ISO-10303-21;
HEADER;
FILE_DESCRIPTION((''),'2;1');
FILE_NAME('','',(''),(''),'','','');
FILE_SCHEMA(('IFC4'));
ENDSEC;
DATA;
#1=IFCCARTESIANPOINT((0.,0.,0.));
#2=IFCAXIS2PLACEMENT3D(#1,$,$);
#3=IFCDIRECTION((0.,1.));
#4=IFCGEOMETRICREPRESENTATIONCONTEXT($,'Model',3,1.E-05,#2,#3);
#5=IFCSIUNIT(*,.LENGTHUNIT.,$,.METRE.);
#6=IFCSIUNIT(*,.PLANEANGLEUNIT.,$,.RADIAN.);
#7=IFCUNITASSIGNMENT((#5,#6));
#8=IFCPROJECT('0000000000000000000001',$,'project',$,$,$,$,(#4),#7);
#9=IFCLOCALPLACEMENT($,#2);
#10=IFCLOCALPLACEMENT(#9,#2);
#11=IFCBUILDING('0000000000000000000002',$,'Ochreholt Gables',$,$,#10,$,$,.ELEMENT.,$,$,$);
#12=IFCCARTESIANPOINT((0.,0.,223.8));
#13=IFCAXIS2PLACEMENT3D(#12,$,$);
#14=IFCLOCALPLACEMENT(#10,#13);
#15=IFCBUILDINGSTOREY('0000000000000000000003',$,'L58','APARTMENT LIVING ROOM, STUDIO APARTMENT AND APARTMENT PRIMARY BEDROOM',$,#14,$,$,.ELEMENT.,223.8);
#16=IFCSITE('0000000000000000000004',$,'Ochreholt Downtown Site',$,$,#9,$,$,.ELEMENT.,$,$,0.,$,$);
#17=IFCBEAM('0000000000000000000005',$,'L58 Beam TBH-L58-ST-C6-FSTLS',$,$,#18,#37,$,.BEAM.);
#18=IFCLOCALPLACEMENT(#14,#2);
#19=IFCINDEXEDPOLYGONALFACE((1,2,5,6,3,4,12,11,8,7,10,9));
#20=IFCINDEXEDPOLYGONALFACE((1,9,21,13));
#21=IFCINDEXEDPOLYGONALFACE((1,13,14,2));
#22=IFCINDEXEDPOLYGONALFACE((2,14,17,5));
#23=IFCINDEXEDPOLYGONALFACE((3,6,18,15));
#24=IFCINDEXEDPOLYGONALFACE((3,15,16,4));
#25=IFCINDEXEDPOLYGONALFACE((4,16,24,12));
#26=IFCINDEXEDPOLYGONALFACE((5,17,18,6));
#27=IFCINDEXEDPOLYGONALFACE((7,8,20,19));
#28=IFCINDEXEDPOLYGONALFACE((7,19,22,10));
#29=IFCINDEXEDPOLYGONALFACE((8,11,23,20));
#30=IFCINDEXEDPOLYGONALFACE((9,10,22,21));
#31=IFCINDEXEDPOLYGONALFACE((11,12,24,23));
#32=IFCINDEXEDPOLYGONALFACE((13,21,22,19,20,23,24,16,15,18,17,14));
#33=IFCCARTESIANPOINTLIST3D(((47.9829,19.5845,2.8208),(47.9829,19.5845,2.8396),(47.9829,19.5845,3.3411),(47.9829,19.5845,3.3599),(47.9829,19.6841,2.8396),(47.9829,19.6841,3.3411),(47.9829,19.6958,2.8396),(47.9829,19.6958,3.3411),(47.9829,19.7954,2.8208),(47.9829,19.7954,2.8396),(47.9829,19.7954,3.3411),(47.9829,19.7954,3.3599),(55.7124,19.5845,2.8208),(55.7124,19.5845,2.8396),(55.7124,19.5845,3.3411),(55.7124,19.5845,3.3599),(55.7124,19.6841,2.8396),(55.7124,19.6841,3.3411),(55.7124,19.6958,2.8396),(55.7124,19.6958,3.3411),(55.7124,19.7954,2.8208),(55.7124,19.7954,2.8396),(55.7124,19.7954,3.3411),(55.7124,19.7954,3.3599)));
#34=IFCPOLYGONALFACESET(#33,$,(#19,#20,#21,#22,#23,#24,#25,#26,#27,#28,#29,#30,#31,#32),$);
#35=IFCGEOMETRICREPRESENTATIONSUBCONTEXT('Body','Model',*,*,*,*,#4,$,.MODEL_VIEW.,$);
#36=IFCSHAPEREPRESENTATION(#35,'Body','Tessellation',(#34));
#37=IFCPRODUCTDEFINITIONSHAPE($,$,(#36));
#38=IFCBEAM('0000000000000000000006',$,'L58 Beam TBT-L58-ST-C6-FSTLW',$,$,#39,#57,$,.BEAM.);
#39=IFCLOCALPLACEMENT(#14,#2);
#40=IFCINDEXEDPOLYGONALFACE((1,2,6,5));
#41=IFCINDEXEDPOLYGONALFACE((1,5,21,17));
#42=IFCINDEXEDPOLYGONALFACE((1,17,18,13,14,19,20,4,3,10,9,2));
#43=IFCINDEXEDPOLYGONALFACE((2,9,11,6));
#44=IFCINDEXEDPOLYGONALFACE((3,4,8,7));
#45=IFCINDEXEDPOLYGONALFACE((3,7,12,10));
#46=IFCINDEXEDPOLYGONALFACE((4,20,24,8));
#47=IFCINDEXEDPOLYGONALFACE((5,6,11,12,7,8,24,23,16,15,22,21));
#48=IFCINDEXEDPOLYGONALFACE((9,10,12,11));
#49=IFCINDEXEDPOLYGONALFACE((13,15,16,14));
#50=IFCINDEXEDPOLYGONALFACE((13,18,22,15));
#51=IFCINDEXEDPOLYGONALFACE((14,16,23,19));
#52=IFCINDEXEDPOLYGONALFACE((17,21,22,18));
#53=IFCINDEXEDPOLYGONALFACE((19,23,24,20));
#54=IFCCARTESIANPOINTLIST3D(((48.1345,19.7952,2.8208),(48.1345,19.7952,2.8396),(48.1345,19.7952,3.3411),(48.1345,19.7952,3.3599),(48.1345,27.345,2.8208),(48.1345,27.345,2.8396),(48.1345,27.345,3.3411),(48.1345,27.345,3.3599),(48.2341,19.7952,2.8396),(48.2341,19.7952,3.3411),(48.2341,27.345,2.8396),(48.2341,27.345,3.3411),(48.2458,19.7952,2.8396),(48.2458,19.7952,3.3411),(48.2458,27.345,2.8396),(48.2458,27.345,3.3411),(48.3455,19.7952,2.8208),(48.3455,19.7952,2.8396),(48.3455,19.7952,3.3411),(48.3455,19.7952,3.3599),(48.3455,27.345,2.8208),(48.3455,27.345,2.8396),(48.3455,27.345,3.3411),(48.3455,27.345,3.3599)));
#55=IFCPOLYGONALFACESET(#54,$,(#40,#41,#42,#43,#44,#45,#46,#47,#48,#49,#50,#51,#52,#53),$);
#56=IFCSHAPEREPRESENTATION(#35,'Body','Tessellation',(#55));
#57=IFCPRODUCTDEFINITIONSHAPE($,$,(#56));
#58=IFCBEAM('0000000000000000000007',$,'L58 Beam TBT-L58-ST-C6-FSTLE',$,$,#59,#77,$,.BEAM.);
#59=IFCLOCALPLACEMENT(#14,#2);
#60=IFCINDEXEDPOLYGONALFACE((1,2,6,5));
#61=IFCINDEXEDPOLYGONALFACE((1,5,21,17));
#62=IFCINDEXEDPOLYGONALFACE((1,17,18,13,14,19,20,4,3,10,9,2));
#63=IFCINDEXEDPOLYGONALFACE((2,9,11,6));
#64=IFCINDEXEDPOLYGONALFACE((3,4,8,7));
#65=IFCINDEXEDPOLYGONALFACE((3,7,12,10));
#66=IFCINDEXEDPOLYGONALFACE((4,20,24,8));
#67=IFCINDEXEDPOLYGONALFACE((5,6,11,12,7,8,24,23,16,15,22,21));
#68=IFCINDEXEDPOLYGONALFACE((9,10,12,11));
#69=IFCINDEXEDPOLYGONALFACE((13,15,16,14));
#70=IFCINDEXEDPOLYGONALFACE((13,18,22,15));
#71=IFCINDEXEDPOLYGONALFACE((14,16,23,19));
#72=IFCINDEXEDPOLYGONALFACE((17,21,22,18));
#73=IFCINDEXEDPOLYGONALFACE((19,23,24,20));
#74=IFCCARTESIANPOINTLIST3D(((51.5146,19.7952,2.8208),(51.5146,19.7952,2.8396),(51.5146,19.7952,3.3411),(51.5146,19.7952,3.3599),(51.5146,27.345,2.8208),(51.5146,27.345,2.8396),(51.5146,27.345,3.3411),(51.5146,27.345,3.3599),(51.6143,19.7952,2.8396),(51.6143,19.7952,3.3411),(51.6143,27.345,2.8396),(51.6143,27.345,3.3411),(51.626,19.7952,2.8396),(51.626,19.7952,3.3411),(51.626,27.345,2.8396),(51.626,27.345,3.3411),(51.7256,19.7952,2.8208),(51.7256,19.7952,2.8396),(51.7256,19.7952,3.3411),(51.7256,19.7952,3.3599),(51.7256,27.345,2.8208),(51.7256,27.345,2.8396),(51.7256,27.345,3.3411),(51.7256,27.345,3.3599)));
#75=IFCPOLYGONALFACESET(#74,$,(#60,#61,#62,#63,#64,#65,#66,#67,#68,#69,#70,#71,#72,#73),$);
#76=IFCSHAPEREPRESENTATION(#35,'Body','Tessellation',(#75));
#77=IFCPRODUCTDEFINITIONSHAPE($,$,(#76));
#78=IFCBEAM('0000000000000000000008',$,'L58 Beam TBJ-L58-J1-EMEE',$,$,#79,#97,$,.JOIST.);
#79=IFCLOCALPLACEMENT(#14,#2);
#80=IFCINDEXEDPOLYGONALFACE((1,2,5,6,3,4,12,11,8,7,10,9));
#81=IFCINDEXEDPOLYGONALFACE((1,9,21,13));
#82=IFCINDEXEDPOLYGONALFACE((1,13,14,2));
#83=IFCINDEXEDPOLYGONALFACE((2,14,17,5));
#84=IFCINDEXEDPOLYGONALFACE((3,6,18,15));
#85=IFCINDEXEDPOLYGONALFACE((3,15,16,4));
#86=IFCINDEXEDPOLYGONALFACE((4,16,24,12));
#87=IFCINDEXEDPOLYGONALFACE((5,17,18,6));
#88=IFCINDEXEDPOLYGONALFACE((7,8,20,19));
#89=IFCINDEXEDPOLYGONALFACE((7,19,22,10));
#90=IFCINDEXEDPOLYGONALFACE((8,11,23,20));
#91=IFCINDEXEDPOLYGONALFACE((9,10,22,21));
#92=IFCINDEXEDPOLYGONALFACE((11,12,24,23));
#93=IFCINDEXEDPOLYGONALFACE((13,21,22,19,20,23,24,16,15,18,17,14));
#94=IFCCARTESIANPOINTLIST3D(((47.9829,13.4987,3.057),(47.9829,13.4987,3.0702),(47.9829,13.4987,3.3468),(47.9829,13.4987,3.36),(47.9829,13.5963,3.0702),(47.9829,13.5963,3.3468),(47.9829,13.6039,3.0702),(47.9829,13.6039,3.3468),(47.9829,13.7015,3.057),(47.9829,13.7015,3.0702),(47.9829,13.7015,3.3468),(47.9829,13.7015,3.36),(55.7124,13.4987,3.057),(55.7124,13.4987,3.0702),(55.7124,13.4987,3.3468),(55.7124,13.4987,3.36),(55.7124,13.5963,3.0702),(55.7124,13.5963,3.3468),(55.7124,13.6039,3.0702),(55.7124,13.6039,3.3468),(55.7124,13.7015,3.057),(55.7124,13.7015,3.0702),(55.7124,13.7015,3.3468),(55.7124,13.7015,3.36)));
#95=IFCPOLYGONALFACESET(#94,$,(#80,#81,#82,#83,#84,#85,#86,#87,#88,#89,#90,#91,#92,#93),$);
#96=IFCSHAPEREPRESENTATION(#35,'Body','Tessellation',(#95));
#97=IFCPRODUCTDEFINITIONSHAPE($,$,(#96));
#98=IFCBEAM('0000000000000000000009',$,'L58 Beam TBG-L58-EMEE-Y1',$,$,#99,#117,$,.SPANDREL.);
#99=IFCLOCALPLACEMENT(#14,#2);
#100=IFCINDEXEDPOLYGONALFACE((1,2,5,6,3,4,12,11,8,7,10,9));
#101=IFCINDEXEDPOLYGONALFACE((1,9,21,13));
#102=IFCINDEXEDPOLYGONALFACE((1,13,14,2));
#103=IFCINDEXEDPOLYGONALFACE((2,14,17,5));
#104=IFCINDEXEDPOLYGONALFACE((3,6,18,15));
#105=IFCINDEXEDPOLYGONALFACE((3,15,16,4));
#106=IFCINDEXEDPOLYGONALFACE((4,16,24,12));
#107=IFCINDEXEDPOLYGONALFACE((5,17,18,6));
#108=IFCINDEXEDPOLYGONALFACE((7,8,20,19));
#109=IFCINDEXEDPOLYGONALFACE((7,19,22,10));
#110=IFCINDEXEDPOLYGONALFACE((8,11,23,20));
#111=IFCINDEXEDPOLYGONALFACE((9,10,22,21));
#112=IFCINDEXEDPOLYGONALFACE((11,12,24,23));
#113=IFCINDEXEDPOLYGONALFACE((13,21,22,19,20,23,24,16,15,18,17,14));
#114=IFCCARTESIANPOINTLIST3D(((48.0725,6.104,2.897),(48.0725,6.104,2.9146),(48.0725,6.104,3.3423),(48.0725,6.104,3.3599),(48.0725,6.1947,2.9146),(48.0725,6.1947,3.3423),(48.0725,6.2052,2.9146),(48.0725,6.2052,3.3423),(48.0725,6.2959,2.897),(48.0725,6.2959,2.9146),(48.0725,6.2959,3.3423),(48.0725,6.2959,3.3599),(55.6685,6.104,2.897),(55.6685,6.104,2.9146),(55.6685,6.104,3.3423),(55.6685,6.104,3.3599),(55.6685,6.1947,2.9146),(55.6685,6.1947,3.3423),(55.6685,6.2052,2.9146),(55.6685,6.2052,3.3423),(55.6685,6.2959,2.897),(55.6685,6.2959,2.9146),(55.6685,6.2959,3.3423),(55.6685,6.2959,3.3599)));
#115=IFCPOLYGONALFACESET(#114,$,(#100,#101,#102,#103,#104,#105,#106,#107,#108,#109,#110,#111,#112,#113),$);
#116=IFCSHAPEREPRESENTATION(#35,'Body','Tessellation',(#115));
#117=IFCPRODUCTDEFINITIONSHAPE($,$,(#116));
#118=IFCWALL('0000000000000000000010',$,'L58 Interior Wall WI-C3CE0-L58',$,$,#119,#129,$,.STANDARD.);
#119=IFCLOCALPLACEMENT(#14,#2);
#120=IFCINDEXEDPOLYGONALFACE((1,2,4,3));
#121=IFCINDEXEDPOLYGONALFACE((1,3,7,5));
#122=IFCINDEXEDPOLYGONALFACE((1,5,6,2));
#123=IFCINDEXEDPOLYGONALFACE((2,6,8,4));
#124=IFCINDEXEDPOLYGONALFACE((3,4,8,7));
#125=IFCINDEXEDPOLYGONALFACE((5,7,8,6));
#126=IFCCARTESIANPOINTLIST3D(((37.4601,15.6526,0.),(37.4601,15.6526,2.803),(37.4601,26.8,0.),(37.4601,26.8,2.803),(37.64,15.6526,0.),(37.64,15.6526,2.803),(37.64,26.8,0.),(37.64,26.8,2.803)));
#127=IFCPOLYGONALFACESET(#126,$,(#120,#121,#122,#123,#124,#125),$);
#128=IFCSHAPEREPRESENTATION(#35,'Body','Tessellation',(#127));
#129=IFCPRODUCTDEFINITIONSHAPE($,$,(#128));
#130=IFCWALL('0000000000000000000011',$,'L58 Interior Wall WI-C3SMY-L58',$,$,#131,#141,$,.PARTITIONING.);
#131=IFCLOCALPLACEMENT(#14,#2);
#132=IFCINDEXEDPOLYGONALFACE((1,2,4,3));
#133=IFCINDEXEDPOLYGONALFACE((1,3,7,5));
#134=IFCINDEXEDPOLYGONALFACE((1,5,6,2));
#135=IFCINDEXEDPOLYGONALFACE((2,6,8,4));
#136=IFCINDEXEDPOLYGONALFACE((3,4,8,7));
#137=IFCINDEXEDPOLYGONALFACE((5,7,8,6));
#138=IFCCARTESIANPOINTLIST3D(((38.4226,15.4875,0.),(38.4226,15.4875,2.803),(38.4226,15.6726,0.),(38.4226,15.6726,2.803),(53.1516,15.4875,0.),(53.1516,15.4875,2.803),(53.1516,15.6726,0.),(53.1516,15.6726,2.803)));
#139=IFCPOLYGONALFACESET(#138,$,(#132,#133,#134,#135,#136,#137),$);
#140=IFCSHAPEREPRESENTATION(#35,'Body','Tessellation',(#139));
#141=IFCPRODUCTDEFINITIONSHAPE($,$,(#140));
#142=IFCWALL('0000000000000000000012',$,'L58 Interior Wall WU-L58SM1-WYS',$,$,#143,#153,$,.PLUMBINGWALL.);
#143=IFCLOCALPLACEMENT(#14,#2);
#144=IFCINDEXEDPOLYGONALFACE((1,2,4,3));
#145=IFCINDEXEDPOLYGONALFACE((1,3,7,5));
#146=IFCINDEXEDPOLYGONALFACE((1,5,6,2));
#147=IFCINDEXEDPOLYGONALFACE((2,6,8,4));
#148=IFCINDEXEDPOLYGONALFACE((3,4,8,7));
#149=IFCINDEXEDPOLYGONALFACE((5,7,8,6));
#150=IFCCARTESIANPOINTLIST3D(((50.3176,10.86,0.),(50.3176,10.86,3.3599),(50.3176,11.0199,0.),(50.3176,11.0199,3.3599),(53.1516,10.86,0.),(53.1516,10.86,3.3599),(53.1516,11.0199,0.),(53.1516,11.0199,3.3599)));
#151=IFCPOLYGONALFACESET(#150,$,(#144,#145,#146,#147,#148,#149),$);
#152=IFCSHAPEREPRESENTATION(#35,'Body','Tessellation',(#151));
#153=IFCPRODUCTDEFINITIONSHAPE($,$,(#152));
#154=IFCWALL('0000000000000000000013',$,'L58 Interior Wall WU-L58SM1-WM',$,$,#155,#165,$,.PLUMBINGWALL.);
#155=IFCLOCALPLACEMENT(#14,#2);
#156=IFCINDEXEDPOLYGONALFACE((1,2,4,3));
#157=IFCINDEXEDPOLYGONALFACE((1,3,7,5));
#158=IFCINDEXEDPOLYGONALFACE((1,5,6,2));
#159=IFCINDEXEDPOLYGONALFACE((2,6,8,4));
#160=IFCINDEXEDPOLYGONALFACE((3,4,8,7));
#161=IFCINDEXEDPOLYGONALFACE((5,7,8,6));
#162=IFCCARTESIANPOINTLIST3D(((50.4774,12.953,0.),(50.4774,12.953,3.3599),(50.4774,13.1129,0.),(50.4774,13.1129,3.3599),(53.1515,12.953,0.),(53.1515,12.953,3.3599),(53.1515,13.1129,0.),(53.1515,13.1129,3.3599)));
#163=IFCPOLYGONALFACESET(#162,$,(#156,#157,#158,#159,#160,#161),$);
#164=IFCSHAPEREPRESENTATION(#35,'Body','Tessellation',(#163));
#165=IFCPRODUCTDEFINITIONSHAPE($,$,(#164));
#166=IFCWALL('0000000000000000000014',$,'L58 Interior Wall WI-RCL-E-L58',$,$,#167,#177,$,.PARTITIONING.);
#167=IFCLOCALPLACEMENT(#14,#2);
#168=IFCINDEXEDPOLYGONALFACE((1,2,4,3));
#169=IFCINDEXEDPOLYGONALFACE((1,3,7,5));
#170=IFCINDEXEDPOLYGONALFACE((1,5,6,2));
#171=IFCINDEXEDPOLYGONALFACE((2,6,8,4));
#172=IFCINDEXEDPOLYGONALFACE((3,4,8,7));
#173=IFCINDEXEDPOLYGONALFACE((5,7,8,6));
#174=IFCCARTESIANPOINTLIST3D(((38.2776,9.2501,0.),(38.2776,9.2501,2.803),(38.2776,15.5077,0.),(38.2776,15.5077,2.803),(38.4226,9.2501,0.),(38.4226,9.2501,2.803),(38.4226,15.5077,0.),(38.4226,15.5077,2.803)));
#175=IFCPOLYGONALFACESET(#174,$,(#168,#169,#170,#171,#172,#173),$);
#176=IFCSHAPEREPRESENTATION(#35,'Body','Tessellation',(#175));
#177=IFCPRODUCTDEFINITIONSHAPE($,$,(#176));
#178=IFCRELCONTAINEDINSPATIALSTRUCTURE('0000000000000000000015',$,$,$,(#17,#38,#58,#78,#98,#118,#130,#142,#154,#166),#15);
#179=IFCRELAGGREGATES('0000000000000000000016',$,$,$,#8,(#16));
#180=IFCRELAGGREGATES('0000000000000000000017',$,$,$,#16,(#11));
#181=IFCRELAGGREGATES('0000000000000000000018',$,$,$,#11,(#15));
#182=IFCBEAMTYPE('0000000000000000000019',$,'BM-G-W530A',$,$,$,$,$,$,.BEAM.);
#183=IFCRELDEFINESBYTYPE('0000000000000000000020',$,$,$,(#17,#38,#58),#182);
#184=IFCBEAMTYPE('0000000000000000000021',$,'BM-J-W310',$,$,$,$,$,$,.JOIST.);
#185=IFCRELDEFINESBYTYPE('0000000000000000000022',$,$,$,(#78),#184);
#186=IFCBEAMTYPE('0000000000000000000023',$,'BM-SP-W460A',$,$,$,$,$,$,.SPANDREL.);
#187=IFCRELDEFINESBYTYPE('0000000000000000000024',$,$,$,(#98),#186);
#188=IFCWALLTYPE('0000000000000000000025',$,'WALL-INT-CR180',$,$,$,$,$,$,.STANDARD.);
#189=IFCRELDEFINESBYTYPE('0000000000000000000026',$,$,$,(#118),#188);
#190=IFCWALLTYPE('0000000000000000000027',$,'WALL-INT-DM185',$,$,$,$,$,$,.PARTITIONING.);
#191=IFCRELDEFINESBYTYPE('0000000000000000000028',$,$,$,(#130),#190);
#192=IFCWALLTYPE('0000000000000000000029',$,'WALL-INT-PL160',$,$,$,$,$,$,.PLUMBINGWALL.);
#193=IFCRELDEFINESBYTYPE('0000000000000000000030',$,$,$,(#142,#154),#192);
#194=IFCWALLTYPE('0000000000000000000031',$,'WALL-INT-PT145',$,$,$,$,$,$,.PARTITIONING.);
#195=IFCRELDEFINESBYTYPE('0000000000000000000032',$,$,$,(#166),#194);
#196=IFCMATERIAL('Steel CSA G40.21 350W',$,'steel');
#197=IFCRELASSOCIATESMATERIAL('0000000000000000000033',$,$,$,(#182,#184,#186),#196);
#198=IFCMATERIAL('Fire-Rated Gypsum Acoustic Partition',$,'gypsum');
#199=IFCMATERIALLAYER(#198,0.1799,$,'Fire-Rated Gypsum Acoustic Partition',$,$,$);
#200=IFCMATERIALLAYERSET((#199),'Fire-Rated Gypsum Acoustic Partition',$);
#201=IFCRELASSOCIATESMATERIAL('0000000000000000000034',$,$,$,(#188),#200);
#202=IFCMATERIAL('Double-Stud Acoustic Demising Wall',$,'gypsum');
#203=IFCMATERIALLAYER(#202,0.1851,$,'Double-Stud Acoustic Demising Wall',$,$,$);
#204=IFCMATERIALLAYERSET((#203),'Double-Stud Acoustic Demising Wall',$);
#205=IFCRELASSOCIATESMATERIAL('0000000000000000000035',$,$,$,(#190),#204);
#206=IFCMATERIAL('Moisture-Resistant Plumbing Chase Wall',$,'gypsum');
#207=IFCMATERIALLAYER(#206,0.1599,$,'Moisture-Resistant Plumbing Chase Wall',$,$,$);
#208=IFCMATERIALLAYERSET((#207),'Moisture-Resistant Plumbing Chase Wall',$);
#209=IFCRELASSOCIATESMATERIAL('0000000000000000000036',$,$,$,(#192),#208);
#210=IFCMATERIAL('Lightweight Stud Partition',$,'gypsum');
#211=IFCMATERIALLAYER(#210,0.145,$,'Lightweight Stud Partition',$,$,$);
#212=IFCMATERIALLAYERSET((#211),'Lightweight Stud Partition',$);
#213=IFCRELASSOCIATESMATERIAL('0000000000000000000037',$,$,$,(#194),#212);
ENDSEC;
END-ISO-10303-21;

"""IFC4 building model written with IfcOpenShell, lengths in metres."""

from ifc_helpers import new_model, si_unit, direction, frame, frame_2d, origin, origin_2d, place, context, subcontext, project, spatial, rectangle, i_section, extrude, material, layer, layer_set, material_profile, profile_set, type_object, element, save


model = new_model("IFC4")

# Units and contexts
model_context = context("Model", 3, precision=1e-05, world=origin(), true_north=direction((0.0, 1.0)))
body_context = subcontext(model_context, "Body", "Model", "MODEL_VIEW")
ifc_project = project(units=[si_unit("LENGTHUNIT", "METRE"), si_unit("PLANEANGLEUNIT", "RADIAN")], contexts=[model_context])

# Site, building, storey
site_placement = place(None, origin())
site = spatial("IfcSite", under=ifc_project, at=site_placement, Name="Ochreholt Downtown Site", CompositionType="ELEMENT", RefElevation=0.0)
building_placement = place(site_placement, origin())
building = spatial("IfcBuilding", under=site, at=building_placement, Name="Ochreholt Gables", CompositionType="ELEMENT")
storey_placement = place(building_placement, frame((0.0, 0.0, 223.8)))
storey = spatial("IfcBuildingStorey", under=building, at=storey_placement, Name="L58", Description="APARTMENT LIVING ROOM, STUDIO APARTMENT AND APARTMENT PRIMARY BEDROOM", CompositionType="ELEMENT", Elevation=223.8)

# Shared definitions
ifc_material_1 = material(Name="Steel CSA G40.21 350W", Category="steel")

# Beams
ifc_material_profile_1 = material_profile(ifc_material_1, i_section(OverallWidth=0.2109, OverallDepth=0.5391, WebThickness=0.0117, FlangeThickness=0.0188, at=origin_2d()), Name="W530X109")
ifc_profile_set_1 = profile_set([ifc_material_profile_1], Name="Steel CSA G40.21 350W")
beam_type_1 = type_object("IfcBeamType", Name="BM-G-W530A", PredefinedType="BEAM", material=ifc_profile_set_1)
beam_1_placement = place(storey_placement, frame((47.9829, 19.6899, 3.0903), z_axis=(1.0, 0.0, 0.0), x_axis=(0.0, 1.0, 0.0)))
element("IfcBeam", 1, at=beam_1_placement, inside=storey, type_object=beam_type_1, Name="L58 Beam TBH-L58-ST-C6-FSTLS", PredefinedType="BEAM", context=body_context, shape_type="SweptSolid", body=[
    extrude(i_section(OverallWidth=0.2109, OverallDepth=0.5391, WebThickness=0.0117, FlangeThickness=0.0188, at=origin_2d()), origin(), (0.0, 0.0, 1.0), 7.7295),
])
for number, where, z_axis, x_axis, name in (
    (2, (48.24, 19.7952, 3.0903), (0.0, 1.0, 0.0), (-1.0, 0.0, 0.0), "L58 Beam TBT-L58-ST-C6-FSTLW"),
    (3, (51.6201, 19.7952, 3.0903), (0.0, 1.0, 0.0), (-1.0, 0.0, 0.0), "L58 Beam TBT-L58-ST-C6-FSTLE"),
):
    element("IfcBeam", number, at=place(storey_placement, frame(where, z_axis=z_axis, x_axis=x_axis)), inside=storey, type_object=beam_type_1, Name=name, PredefinedType="BEAM", context=body_context, shape_type="SweptSolid", body=[
        extrude(i_section(OverallWidth=0.2109, OverallDepth=0.5391, WebThickness=0.0117, FlangeThickness=0.0188, at=origin_2d()), origin(), (0.0, 0.0, 1.0), 7.5498),
    ])
ifc_material_profile_2 = material_profile(ifc_material_1, i_section(OverallWidth=0.2029, OverallDepth=0.303, WebThickness=0.0076, FlangeThickness=0.0132, at=origin_2d()), Name="W310X60")
ifc_profile_set_2 = profile_set([ifc_material_profile_2], Name="Steel CSA G40.21 350W")
beam_type_2 = type_object("IfcBeamType", Name="BM-J-W310", PredefinedType="JOIST", material=ifc_profile_set_2)
beam_2_placement = place(storey_placement, frame((47.9829, 13.6001, 3.2085), z_axis=(1.0, 0.0, 0.0), x_axis=(0.0, 1.0, 0.0)))
element("IfcBeam", 4, at=beam_2_placement, inside=storey, type_object=beam_type_2, Name="L58 Beam TBJ-L58-J1-EMEE", PredefinedType="JOIST", context=body_context, shape_type="SweptSolid", body=[
    extrude(i_section(OverallWidth=0.2029, OverallDepth=0.303, WebThickness=0.0076, FlangeThickness=0.0132, at=origin_2d()), origin(), (0.0, 0.0, 1.0), 7.7295),
])
ifc_material_profile_3 = material_profile(ifc_material_1, i_section(OverallWidth=0.1919, OverallDepth=0.4629, WebThickness=0.0105, FlangeThickness=0.0176, at=origin_2d()), Name="W460X89")
ifc_profile_set_3 = profile_set([ifc_material_profile_3], Name="Steel CSA G40.21 350W")
beam_type_3 = type_object("IfcBeamType", Name="BM-SP-W460A", PredefinedType="SPANDREL", material=ifc_profile_set_3)
beam_3_placement = place(storey_placement, frame((48.0725, 6.2, 3.1284), z_axis=(1.0, 0.0, 0.0), x_axis=(0.0, 1.0, 0.0)))
element("IfcBeam", 5, at=beam_3_placement, inside=storey, type_object=beam_type_3, Name="L58 Beam TBG-L58-EMEE-Y1", PredefinedType="SPANDREL", context=body_context, shape_type="SweptSolid", body=[
    extrude(i_section(OverallWidth=0.1919, OverallDepth=0.4629, WebThickness=0.0105, FlangeThickness=0.0176, at=origin_2d()), origin(), (0.0, 0.0, 1.0), 7.5959),
])

# Walls
ifc_material_2 = material(Name="Fire-Rated Gypsum Acoustic Partition", Category="gypsum")
ifc_layer_1 = layer(ifc_material_2, 0.1799, Name="Fire-Rated Gypsum Acoustic Partition")
ifc_layer_set_1 = layer_set([ifc_layer_1], Name="Fire-Rated Gypsum Acoustic Partition")
wall_type_1 = type_object("IfcWallType", Name="WALL-INT-CR180", PredefinedType="STANDARD", material=ifc_layer_set_1)
wall_1_placement = place(storey_placement, frame((37.55, 15.6526, 0.0), z_axis=(0.0, 0.0, 1.0), x_axis=(0.0, 1.0, 0.0)))
element("IfcWall", 6, at=wall_1_placement, inside=storey, type_object=wall_type_1, Name="L58 Interior Wall WI-C3CE0-L58", PredefinedType="STANDARD", context=body_context, shape_type="SweptSolid", body=[
    extrude(rectangle(XDim=11.1475, YDim=0.1799, at=frame_2d((5.5737, 0.0))), origin(), (0.0, 0.0, 1.0), 2.803),
])
ifc_material_3 = material(Name="Double-Stud Acoustic Demising Wall", Category="gypsum")
ifc_layer_2 = layer(ifc_material_3, 0.1851, Name="Double-Stud Acoustic Demising Wall")
ifc_layer_set_2 = layer_set([ifc_layer_2], Name="Double-Stud Acoustic Demising Wall")
wall_type_2 = type_object("IfcWallType", Name="WALL-INT-DM185", PredefinedType="PARTITIONING", material=ifc_layer_set_2)
wall_2_placement = place(storey_placement, frame((38.4226, 15.5801, 0.0), z_axis=(0.0, 0.0, 1.0), x_axis=(1.0, 0.0, 0.0)))
element("IfcWall", 7, at=wall_2_placement, inside=storey, type_object=wall_type_2, Name="L58 Interior Wall WI-C3SMY-L58", PredefinedType="PARTITIONING", context=body_context, shape_type="SweptSolid", body=[
    extrude(rectangle(XDim=14.729, YDim=0.1851, at=frame_2d((7.3645, 0.0))), origin(), (0.0, 0.0, 1.0), 2.803),
])
ifc_material_4 = material(Name="Moisture-Resistant Plumbing Chase Wall", Category="gypsum")
ifc_layer_3 = layer(ifc_material_4, 0.1599, Name="Moisture-Resistant Plumbing Chase Wall")
ifc_layer_set_3 = layer_set([ifc_layer_3], Name="Moisture-Resistant Plumbing Chase Wall")
wall_type_3 = type_object("IfcWallType", Name="WALL-INT-PL160", PredefinedType="PLUMBINGWALL", material=ifc_layer_set_3)
wall_3_placement = place(storey_placement, frame((50.3176, 10.9399, 0.0), z_axis=(0.0, 0.0, 1.0), x_axis=(1.0, 0.0, 0.0)))
element("IfcWall", 8, at=wall_3_placement, inside=storey, type_object=wall_type_3, Name="L58 Interior Wall WU-L58SM1-WYS", PredefinedType="PLUMBINGWALL", context=body_context, shape_type="SweptSolid", body=[
    extrude(rectangle(XDim=2.834, YDim=0.1599, at=frame_2d((1.417, 0.0))), origin(), (0.0, 0.0, 1.0), 3.3599),
])

# Walls
wall_4_placement = place(storey_placement, frame((50.4775, 13.033, 0.0), z_axis=(0.0, 0.0, 1.0), x_axis=(1.0, 0.0, 0.0)))
element("IfcWall", 9, at=wall_4_placement, inside=storey, type_object=wall_type_3, Name="L58 Interior Wall WU-L58SM1-WM", PredefinedType="PLUMBINGWALL", context=body_context, shape_type="SweptSolid", body=[
    extrude(rectangle(XDim=2.6741, YDim=0.1599, at=frame_2d((1.3369, 0.0))), origin(), (0.0, 0.0, 1.0), 3.3599),
])
ifc_material_5 = material(Name="Lightweight Stud Partition", Category="gypsum")
ifc_layer_4 = layer(ifc_material_5, 0.145, Name="Lightweight Stud Partition")
ifc_layer_set_4 = layer_set([ifc_layer_4], Name="Lightweight Stud Partition")
wall_type_4 = type_object("IfcWallType", Name="WALL-INT-PT145", PredefinedType="PARTITIONING", material=ifc_layer_set_4)
wall_5_placement = place(storey_placement, frame((38.3501, 9.25, 0.0), z_axis=(0.0, 0.0, 1.0), x_axis=(0.0, 1.0, 0.0)))
element("IfcWall", 10, at=wall_5_placement, inside=storey, type_object=wall_type_4, Name="L58 Interior Wall WI-RCL-E-L58", PredefinedType="PARTITIONING", context=body_context, shape_type="SweptSolid", body=[
    extrude(rectangle(XDim=6.2576, YDim=0.145, at=frame_2d((3.1289, 0.0))), origin(), (0.0, 0.0, 1.0), 2.803),
])

save(model, "model.ifc")
